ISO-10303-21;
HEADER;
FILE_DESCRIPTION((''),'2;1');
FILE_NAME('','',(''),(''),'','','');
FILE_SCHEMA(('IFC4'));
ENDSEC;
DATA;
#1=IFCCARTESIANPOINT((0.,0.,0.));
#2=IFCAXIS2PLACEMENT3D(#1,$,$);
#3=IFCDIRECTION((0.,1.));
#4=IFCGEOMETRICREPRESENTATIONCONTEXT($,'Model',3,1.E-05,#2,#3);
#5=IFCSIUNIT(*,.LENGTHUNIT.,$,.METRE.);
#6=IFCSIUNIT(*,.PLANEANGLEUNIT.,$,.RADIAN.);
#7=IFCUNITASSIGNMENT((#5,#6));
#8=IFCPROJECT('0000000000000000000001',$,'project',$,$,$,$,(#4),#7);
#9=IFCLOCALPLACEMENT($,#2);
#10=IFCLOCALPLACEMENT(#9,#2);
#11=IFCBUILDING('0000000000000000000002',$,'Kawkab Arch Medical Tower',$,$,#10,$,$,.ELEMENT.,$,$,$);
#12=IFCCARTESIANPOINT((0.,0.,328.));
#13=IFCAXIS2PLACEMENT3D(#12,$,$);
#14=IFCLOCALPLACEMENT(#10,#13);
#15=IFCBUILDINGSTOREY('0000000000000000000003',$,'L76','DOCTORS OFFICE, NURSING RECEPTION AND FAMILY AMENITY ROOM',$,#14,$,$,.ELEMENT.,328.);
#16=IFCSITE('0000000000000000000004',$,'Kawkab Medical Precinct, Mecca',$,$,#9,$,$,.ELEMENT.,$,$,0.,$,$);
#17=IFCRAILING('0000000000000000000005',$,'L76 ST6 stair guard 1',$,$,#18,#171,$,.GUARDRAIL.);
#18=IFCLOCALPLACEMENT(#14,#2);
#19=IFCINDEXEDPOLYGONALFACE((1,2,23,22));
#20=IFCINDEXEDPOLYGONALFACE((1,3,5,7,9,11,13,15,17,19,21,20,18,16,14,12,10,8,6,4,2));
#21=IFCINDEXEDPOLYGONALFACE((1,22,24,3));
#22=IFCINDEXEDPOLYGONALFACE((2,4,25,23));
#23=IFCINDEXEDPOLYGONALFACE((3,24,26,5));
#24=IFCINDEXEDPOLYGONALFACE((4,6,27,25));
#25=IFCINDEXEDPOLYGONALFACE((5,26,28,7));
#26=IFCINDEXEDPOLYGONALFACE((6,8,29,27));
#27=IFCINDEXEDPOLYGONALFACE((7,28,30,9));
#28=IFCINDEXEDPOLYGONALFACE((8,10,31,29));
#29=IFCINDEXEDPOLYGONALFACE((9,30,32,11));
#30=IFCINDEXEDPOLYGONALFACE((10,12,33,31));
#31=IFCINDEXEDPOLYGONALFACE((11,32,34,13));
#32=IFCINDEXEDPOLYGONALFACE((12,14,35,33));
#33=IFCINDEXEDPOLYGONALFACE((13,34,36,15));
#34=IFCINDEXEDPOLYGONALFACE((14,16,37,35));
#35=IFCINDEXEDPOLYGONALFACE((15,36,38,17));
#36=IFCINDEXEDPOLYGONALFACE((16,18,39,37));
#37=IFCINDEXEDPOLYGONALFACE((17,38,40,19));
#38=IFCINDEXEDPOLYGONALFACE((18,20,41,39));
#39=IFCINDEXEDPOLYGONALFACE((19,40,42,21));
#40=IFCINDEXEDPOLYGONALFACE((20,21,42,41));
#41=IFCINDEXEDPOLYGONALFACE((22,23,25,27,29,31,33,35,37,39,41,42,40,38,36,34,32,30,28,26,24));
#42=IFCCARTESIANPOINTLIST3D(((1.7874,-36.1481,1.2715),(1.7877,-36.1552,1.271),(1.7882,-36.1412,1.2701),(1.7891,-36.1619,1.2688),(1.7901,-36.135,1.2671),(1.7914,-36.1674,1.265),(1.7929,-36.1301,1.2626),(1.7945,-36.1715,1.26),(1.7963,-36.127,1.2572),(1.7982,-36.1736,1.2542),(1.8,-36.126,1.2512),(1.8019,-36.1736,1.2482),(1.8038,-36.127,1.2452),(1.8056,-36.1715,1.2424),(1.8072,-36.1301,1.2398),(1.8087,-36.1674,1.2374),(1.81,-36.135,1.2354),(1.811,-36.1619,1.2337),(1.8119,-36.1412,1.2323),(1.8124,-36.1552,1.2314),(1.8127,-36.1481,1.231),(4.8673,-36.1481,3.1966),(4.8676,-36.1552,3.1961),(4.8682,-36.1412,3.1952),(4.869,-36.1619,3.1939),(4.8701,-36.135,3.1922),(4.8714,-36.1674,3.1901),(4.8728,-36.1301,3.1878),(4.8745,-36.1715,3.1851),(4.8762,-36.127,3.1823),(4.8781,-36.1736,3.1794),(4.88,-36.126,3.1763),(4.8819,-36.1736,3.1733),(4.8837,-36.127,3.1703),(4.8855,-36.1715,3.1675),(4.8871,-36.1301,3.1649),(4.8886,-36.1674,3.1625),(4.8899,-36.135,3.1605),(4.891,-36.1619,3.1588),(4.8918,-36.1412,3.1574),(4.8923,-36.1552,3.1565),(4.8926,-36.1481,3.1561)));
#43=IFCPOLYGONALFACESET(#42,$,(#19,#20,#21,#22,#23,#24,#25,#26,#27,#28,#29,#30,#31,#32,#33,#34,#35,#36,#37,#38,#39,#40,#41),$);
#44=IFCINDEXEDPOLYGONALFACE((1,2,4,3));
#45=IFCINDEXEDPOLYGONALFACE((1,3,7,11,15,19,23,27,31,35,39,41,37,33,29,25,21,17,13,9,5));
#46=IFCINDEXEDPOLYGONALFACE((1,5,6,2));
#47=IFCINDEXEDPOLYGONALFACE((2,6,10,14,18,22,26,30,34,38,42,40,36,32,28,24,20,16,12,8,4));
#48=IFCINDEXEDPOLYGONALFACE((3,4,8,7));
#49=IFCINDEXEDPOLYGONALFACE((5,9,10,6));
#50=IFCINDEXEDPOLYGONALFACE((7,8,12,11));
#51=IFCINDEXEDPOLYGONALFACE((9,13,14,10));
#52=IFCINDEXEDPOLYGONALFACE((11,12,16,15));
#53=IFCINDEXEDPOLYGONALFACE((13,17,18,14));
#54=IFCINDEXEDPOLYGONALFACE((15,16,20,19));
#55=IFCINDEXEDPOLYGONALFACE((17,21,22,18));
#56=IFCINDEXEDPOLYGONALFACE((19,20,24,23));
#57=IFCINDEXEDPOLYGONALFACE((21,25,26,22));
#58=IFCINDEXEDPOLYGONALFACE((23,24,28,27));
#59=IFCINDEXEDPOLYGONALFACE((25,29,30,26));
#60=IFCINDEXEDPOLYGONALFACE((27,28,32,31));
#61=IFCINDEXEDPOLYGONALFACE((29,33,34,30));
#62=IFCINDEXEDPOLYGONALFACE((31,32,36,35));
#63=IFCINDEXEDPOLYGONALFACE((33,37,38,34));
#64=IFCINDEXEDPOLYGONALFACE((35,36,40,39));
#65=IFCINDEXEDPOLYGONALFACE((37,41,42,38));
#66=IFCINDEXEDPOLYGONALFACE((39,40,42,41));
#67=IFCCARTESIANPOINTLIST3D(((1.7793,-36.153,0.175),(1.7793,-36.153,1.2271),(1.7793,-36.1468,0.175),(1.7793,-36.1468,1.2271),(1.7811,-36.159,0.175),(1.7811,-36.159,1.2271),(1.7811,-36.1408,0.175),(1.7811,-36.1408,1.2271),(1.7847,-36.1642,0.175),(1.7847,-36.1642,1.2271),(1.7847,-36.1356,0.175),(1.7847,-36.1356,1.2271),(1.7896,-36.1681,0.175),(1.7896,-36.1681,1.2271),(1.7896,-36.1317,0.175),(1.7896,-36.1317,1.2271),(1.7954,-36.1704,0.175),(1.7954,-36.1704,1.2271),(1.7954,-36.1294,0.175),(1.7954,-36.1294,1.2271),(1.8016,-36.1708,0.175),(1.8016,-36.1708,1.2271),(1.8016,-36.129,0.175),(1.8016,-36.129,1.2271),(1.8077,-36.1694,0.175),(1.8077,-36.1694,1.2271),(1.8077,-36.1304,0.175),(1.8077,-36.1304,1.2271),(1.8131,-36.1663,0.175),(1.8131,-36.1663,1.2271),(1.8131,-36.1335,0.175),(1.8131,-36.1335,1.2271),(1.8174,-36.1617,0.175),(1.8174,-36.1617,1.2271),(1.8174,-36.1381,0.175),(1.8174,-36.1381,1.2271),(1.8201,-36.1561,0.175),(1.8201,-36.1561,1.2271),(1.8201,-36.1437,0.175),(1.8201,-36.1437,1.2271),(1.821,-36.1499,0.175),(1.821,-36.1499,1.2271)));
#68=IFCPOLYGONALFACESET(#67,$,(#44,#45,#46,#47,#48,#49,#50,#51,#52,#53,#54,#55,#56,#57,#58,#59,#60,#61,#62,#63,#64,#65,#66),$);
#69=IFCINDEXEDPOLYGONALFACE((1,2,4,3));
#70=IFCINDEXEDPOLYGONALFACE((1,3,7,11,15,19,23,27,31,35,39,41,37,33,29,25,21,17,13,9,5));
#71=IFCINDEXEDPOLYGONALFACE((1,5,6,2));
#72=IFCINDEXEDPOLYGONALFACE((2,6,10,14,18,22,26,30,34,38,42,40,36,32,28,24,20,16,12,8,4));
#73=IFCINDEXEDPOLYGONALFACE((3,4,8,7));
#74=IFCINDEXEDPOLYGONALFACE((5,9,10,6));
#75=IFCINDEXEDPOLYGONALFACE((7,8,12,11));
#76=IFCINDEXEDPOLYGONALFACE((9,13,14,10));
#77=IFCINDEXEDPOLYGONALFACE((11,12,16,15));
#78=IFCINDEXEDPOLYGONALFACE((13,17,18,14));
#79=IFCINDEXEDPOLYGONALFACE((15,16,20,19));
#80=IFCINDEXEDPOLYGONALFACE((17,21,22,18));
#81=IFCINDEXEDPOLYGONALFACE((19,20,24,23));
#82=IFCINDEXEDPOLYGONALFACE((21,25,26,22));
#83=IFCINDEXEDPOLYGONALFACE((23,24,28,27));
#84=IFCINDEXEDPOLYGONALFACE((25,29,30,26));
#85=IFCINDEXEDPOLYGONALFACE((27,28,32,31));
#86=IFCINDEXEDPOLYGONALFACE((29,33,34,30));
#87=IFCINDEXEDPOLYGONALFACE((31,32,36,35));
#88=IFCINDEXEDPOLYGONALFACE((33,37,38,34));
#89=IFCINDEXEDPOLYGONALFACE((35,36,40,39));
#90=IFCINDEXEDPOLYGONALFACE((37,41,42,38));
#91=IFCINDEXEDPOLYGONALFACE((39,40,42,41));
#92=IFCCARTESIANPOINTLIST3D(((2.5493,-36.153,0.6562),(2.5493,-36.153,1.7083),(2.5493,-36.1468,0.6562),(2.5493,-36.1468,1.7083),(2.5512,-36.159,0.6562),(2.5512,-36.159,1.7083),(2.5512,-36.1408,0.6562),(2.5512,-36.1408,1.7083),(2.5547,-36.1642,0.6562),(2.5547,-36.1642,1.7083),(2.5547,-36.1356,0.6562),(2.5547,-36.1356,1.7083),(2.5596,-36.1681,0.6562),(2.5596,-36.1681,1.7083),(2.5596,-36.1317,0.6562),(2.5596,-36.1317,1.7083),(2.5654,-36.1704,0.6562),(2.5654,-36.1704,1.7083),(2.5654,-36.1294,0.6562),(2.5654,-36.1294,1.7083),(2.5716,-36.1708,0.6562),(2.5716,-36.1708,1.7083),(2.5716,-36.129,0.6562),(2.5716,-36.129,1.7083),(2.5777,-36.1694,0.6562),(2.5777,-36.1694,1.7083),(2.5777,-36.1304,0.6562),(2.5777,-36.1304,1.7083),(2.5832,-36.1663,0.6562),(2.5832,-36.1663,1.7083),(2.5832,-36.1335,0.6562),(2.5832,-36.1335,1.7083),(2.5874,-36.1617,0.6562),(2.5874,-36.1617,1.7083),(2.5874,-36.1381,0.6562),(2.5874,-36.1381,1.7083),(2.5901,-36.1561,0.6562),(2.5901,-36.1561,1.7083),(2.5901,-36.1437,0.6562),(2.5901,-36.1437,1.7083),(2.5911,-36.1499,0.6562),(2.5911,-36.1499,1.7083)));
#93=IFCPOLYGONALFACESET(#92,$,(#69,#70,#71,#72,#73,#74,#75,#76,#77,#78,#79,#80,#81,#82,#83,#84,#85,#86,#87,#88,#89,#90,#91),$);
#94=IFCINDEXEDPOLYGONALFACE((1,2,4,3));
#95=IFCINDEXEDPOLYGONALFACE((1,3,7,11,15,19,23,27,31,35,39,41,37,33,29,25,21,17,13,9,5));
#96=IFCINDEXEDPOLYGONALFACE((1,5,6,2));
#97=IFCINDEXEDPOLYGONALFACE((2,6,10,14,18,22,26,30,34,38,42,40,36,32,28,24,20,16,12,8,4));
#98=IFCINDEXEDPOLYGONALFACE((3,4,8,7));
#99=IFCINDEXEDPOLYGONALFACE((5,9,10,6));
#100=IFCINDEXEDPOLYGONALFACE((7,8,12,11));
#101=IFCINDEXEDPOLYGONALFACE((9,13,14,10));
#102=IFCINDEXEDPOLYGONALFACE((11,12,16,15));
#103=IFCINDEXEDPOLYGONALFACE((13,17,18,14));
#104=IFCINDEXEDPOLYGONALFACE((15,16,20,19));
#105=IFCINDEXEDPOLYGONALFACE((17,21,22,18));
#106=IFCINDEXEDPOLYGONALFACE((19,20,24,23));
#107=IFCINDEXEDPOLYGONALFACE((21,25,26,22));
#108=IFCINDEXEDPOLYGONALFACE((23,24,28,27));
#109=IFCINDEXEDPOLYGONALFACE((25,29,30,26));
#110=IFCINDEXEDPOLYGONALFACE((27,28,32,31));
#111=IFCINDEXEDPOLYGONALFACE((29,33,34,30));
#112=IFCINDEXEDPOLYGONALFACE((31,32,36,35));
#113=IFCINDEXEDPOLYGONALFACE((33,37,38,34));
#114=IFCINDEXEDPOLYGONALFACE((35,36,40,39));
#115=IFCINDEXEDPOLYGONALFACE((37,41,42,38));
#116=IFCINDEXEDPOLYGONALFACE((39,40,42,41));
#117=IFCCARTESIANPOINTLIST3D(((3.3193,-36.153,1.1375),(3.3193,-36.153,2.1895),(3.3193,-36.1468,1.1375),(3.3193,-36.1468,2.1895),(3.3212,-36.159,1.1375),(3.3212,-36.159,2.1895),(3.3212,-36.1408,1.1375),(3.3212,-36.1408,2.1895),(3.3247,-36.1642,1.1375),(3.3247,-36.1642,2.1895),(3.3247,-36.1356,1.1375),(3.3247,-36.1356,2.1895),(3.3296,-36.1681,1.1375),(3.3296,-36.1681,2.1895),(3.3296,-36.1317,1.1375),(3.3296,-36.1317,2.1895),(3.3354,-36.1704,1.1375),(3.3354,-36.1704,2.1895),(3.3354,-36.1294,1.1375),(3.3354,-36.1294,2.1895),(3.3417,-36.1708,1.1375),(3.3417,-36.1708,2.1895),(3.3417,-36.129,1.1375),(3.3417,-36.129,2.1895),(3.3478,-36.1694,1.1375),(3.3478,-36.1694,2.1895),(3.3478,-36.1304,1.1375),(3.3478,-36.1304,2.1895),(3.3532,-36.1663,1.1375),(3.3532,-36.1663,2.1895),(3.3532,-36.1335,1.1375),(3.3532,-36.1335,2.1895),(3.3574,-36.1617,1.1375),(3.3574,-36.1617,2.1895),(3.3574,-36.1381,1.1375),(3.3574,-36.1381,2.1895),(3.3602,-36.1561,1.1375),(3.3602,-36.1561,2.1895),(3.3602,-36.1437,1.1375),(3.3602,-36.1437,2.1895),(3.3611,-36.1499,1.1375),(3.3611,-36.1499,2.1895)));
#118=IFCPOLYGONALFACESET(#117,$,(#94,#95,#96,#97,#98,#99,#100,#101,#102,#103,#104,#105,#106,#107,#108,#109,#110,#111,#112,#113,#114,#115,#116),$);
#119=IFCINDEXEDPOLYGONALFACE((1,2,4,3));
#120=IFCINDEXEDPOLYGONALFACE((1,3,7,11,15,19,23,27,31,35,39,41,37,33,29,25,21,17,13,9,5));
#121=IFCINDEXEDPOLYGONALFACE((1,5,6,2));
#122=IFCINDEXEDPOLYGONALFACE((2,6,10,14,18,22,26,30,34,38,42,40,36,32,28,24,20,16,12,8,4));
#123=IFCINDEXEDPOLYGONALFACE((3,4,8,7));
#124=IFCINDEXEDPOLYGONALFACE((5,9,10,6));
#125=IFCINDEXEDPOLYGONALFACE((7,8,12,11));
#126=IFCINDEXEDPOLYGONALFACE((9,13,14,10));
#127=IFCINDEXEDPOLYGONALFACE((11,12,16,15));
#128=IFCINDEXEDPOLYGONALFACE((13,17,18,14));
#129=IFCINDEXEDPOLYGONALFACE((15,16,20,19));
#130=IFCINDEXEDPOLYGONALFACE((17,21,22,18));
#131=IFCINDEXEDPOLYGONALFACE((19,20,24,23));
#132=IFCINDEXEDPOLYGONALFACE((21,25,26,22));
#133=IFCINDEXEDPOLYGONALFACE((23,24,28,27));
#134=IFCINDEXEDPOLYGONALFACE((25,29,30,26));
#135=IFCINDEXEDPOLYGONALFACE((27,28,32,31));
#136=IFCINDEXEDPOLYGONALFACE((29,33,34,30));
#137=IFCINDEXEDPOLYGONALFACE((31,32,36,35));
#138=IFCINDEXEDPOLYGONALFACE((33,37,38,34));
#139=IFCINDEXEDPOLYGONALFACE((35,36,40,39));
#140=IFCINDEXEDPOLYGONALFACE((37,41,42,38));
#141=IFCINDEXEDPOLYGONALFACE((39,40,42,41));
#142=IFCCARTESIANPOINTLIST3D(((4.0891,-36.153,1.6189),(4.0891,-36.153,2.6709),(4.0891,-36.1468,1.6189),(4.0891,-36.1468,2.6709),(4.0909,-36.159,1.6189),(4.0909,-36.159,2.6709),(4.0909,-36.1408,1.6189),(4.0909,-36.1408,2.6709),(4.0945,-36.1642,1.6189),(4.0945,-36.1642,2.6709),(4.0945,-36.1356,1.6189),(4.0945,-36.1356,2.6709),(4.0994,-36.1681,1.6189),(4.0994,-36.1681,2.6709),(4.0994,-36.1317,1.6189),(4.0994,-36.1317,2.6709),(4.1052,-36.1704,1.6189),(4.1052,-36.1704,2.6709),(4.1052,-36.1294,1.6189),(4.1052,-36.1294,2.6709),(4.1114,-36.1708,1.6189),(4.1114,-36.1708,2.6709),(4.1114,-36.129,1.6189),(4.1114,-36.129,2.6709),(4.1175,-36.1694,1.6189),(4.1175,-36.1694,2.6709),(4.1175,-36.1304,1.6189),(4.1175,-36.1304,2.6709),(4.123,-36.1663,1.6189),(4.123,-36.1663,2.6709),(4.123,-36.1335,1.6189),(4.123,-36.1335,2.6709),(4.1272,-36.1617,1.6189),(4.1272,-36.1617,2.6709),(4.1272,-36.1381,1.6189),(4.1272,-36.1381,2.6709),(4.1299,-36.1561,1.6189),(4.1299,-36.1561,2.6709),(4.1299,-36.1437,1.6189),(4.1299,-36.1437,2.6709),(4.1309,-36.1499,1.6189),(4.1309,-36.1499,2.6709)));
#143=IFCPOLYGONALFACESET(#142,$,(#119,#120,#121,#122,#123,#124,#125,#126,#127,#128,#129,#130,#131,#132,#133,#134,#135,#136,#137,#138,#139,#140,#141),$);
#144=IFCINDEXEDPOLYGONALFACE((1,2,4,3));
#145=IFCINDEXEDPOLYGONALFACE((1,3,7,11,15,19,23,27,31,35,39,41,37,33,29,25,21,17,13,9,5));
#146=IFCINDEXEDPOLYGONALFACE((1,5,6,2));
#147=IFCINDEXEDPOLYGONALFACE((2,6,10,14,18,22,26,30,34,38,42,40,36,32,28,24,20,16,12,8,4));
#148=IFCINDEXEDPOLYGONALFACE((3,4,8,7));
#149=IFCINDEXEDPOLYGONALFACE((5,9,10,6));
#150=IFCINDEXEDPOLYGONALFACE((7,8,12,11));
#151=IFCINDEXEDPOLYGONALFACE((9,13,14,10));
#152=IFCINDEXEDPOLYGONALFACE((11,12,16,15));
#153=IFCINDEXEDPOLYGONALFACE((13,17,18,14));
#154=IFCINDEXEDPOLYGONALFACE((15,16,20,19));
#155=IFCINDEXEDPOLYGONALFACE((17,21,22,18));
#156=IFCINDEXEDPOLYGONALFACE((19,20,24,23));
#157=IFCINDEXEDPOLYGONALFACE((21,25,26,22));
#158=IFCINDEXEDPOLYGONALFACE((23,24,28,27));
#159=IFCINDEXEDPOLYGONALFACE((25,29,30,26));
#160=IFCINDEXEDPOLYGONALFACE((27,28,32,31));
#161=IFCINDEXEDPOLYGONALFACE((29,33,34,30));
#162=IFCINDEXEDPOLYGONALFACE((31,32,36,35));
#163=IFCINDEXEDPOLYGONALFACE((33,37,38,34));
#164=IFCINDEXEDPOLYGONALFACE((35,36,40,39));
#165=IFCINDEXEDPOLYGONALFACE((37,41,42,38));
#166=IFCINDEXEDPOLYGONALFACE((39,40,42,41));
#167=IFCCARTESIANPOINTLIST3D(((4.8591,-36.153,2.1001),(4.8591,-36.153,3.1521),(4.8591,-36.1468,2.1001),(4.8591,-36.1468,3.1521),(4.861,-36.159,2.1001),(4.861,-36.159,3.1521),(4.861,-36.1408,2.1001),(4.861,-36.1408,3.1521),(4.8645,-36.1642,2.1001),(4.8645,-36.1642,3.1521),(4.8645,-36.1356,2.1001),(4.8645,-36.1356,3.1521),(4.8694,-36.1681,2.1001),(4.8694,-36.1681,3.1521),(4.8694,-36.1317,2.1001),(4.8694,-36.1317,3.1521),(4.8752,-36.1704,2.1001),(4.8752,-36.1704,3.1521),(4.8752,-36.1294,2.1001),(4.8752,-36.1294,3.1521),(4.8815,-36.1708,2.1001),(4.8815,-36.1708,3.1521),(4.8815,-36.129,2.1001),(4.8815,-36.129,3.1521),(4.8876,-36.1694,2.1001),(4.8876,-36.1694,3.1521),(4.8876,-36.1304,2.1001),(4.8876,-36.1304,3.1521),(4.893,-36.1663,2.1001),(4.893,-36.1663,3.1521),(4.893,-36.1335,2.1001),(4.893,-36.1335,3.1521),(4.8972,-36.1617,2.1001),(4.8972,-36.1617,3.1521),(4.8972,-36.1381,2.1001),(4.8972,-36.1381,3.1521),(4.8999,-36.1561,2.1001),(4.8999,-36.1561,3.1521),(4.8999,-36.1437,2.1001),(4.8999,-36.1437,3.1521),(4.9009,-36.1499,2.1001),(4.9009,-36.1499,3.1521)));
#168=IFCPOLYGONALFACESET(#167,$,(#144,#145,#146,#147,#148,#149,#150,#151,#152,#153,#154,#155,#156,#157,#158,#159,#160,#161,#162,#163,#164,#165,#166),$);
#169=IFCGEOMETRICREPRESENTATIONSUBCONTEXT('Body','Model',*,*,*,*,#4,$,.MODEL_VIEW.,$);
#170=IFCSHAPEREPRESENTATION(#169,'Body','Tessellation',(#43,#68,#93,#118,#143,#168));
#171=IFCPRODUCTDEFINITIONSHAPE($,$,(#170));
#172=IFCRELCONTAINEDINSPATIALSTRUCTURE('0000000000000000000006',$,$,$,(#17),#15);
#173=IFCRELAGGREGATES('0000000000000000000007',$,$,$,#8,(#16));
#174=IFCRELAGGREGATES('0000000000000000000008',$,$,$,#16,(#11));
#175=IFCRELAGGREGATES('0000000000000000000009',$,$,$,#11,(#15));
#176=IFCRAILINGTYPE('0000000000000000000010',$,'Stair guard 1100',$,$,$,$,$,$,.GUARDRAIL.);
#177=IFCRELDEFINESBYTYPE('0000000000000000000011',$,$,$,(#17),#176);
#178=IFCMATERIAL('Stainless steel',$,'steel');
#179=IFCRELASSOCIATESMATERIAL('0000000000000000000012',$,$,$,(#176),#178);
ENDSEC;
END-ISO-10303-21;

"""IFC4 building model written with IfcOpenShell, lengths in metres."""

from ifc_helpers import new_model, si_unit, direction, frame, origin, origin_2d, place, context, subcontext, project, spatial, circle, extrude, material, type_object, element, save


model = new_model("IFC4")

# Units and contexts
model_context = context("Model", 3, precision=1e-05, world=origin(), true_north=direction((0.0, 1.0)))
body_context = subcontext(model_context, "Body", "Model", "MODEL_VIEW")
ifc_project = project(units=[si_unit("LENGTHUNIT", "METRE"), si_unit("PLANEANGLEUNIT", "RADIAN")], contexts=[model_context])

# Site, building, storey
site_placement = place(None, origin())
site = spatial("IfcSite", under=ifc_project, at=site_placement, Name="Kawkab Medical Precinct, Mecca", CompositionType="ELEMENT", RefElevation=0.0)
building_placement = place(site_placement, origin())
building = spatial("IfcBuilding", under=site, at=building_placement, Name="Kawkab Arch Medical Tower", CompositionType="ELEMENT")
storey_placement = place(building_placement, frame((0.0, 0.0, 328.0)))
storey = spatial("IfcBuildingStorey", under=building, at=storey_placement, Name="L76", Description="DOCTORS OFFICE, NURSING RECEPTION AND FAMILY AMENITY ROOM", CompositionType="ELEMENT", Elevation=328.0)

# Railing
ifc_material_1 = material(Name="Stainless steel", Category="steel")
railing_type_1 = type_object("IfcRailingType", Name="Stair guard 1100", PredefinedType="GUARDRAIL", material=ifc_material_1)
railing_1_placement = place(storey_placement, frame((1.8, -36.1499, 0.175)))
element("IfcRailing", 1, at=railing_1_placement, inside=storey, type_object=railing_type_1, Name="L76 ST6 stair guard 1", PredefinedType="GUARDRAIL", context=body_context, shape_type="SweptSolid", body=[
    extrude(circle(Radius=0.0239, at=origin_2d()), frame((0.0, 0.0, 1.0762), z_axis=(0.847979, 0.0, 0.530029), x_axis=(0.0, 1.0, 0.0)), (0.0, 0.0, 1.0), 3.6321),
    extrude(circle(Radius=0.021, at=origin_2d()), origin(), (0.0, 0.0, 1.0), 1.052),
    extrude(circle(Radius=0.021, at=origin_2d()), frame((0.77, 0.0, 0.4812)), (0.0, 0.0, 1.0), 1.052),
    extrude(circle(Radius=0.021, at=origin_2d()), frame((1.54, 0.0, 0.9624)), (0.0, 0.0, 1.0), 1.052),
    extrude(circle(Radius=0.021, at=origin_2d()), frame((2.3098, 0.0, 1.4438)), (0.0, 0.0, 1.0), 1.052),
    extrude(circle(Radius=0.021, at=origin_2d()), frame((3.0798, 0.0, 1.925)), (0.0, 0.0, 1.0), 1.052),
])

save(model, "model.ifc")
